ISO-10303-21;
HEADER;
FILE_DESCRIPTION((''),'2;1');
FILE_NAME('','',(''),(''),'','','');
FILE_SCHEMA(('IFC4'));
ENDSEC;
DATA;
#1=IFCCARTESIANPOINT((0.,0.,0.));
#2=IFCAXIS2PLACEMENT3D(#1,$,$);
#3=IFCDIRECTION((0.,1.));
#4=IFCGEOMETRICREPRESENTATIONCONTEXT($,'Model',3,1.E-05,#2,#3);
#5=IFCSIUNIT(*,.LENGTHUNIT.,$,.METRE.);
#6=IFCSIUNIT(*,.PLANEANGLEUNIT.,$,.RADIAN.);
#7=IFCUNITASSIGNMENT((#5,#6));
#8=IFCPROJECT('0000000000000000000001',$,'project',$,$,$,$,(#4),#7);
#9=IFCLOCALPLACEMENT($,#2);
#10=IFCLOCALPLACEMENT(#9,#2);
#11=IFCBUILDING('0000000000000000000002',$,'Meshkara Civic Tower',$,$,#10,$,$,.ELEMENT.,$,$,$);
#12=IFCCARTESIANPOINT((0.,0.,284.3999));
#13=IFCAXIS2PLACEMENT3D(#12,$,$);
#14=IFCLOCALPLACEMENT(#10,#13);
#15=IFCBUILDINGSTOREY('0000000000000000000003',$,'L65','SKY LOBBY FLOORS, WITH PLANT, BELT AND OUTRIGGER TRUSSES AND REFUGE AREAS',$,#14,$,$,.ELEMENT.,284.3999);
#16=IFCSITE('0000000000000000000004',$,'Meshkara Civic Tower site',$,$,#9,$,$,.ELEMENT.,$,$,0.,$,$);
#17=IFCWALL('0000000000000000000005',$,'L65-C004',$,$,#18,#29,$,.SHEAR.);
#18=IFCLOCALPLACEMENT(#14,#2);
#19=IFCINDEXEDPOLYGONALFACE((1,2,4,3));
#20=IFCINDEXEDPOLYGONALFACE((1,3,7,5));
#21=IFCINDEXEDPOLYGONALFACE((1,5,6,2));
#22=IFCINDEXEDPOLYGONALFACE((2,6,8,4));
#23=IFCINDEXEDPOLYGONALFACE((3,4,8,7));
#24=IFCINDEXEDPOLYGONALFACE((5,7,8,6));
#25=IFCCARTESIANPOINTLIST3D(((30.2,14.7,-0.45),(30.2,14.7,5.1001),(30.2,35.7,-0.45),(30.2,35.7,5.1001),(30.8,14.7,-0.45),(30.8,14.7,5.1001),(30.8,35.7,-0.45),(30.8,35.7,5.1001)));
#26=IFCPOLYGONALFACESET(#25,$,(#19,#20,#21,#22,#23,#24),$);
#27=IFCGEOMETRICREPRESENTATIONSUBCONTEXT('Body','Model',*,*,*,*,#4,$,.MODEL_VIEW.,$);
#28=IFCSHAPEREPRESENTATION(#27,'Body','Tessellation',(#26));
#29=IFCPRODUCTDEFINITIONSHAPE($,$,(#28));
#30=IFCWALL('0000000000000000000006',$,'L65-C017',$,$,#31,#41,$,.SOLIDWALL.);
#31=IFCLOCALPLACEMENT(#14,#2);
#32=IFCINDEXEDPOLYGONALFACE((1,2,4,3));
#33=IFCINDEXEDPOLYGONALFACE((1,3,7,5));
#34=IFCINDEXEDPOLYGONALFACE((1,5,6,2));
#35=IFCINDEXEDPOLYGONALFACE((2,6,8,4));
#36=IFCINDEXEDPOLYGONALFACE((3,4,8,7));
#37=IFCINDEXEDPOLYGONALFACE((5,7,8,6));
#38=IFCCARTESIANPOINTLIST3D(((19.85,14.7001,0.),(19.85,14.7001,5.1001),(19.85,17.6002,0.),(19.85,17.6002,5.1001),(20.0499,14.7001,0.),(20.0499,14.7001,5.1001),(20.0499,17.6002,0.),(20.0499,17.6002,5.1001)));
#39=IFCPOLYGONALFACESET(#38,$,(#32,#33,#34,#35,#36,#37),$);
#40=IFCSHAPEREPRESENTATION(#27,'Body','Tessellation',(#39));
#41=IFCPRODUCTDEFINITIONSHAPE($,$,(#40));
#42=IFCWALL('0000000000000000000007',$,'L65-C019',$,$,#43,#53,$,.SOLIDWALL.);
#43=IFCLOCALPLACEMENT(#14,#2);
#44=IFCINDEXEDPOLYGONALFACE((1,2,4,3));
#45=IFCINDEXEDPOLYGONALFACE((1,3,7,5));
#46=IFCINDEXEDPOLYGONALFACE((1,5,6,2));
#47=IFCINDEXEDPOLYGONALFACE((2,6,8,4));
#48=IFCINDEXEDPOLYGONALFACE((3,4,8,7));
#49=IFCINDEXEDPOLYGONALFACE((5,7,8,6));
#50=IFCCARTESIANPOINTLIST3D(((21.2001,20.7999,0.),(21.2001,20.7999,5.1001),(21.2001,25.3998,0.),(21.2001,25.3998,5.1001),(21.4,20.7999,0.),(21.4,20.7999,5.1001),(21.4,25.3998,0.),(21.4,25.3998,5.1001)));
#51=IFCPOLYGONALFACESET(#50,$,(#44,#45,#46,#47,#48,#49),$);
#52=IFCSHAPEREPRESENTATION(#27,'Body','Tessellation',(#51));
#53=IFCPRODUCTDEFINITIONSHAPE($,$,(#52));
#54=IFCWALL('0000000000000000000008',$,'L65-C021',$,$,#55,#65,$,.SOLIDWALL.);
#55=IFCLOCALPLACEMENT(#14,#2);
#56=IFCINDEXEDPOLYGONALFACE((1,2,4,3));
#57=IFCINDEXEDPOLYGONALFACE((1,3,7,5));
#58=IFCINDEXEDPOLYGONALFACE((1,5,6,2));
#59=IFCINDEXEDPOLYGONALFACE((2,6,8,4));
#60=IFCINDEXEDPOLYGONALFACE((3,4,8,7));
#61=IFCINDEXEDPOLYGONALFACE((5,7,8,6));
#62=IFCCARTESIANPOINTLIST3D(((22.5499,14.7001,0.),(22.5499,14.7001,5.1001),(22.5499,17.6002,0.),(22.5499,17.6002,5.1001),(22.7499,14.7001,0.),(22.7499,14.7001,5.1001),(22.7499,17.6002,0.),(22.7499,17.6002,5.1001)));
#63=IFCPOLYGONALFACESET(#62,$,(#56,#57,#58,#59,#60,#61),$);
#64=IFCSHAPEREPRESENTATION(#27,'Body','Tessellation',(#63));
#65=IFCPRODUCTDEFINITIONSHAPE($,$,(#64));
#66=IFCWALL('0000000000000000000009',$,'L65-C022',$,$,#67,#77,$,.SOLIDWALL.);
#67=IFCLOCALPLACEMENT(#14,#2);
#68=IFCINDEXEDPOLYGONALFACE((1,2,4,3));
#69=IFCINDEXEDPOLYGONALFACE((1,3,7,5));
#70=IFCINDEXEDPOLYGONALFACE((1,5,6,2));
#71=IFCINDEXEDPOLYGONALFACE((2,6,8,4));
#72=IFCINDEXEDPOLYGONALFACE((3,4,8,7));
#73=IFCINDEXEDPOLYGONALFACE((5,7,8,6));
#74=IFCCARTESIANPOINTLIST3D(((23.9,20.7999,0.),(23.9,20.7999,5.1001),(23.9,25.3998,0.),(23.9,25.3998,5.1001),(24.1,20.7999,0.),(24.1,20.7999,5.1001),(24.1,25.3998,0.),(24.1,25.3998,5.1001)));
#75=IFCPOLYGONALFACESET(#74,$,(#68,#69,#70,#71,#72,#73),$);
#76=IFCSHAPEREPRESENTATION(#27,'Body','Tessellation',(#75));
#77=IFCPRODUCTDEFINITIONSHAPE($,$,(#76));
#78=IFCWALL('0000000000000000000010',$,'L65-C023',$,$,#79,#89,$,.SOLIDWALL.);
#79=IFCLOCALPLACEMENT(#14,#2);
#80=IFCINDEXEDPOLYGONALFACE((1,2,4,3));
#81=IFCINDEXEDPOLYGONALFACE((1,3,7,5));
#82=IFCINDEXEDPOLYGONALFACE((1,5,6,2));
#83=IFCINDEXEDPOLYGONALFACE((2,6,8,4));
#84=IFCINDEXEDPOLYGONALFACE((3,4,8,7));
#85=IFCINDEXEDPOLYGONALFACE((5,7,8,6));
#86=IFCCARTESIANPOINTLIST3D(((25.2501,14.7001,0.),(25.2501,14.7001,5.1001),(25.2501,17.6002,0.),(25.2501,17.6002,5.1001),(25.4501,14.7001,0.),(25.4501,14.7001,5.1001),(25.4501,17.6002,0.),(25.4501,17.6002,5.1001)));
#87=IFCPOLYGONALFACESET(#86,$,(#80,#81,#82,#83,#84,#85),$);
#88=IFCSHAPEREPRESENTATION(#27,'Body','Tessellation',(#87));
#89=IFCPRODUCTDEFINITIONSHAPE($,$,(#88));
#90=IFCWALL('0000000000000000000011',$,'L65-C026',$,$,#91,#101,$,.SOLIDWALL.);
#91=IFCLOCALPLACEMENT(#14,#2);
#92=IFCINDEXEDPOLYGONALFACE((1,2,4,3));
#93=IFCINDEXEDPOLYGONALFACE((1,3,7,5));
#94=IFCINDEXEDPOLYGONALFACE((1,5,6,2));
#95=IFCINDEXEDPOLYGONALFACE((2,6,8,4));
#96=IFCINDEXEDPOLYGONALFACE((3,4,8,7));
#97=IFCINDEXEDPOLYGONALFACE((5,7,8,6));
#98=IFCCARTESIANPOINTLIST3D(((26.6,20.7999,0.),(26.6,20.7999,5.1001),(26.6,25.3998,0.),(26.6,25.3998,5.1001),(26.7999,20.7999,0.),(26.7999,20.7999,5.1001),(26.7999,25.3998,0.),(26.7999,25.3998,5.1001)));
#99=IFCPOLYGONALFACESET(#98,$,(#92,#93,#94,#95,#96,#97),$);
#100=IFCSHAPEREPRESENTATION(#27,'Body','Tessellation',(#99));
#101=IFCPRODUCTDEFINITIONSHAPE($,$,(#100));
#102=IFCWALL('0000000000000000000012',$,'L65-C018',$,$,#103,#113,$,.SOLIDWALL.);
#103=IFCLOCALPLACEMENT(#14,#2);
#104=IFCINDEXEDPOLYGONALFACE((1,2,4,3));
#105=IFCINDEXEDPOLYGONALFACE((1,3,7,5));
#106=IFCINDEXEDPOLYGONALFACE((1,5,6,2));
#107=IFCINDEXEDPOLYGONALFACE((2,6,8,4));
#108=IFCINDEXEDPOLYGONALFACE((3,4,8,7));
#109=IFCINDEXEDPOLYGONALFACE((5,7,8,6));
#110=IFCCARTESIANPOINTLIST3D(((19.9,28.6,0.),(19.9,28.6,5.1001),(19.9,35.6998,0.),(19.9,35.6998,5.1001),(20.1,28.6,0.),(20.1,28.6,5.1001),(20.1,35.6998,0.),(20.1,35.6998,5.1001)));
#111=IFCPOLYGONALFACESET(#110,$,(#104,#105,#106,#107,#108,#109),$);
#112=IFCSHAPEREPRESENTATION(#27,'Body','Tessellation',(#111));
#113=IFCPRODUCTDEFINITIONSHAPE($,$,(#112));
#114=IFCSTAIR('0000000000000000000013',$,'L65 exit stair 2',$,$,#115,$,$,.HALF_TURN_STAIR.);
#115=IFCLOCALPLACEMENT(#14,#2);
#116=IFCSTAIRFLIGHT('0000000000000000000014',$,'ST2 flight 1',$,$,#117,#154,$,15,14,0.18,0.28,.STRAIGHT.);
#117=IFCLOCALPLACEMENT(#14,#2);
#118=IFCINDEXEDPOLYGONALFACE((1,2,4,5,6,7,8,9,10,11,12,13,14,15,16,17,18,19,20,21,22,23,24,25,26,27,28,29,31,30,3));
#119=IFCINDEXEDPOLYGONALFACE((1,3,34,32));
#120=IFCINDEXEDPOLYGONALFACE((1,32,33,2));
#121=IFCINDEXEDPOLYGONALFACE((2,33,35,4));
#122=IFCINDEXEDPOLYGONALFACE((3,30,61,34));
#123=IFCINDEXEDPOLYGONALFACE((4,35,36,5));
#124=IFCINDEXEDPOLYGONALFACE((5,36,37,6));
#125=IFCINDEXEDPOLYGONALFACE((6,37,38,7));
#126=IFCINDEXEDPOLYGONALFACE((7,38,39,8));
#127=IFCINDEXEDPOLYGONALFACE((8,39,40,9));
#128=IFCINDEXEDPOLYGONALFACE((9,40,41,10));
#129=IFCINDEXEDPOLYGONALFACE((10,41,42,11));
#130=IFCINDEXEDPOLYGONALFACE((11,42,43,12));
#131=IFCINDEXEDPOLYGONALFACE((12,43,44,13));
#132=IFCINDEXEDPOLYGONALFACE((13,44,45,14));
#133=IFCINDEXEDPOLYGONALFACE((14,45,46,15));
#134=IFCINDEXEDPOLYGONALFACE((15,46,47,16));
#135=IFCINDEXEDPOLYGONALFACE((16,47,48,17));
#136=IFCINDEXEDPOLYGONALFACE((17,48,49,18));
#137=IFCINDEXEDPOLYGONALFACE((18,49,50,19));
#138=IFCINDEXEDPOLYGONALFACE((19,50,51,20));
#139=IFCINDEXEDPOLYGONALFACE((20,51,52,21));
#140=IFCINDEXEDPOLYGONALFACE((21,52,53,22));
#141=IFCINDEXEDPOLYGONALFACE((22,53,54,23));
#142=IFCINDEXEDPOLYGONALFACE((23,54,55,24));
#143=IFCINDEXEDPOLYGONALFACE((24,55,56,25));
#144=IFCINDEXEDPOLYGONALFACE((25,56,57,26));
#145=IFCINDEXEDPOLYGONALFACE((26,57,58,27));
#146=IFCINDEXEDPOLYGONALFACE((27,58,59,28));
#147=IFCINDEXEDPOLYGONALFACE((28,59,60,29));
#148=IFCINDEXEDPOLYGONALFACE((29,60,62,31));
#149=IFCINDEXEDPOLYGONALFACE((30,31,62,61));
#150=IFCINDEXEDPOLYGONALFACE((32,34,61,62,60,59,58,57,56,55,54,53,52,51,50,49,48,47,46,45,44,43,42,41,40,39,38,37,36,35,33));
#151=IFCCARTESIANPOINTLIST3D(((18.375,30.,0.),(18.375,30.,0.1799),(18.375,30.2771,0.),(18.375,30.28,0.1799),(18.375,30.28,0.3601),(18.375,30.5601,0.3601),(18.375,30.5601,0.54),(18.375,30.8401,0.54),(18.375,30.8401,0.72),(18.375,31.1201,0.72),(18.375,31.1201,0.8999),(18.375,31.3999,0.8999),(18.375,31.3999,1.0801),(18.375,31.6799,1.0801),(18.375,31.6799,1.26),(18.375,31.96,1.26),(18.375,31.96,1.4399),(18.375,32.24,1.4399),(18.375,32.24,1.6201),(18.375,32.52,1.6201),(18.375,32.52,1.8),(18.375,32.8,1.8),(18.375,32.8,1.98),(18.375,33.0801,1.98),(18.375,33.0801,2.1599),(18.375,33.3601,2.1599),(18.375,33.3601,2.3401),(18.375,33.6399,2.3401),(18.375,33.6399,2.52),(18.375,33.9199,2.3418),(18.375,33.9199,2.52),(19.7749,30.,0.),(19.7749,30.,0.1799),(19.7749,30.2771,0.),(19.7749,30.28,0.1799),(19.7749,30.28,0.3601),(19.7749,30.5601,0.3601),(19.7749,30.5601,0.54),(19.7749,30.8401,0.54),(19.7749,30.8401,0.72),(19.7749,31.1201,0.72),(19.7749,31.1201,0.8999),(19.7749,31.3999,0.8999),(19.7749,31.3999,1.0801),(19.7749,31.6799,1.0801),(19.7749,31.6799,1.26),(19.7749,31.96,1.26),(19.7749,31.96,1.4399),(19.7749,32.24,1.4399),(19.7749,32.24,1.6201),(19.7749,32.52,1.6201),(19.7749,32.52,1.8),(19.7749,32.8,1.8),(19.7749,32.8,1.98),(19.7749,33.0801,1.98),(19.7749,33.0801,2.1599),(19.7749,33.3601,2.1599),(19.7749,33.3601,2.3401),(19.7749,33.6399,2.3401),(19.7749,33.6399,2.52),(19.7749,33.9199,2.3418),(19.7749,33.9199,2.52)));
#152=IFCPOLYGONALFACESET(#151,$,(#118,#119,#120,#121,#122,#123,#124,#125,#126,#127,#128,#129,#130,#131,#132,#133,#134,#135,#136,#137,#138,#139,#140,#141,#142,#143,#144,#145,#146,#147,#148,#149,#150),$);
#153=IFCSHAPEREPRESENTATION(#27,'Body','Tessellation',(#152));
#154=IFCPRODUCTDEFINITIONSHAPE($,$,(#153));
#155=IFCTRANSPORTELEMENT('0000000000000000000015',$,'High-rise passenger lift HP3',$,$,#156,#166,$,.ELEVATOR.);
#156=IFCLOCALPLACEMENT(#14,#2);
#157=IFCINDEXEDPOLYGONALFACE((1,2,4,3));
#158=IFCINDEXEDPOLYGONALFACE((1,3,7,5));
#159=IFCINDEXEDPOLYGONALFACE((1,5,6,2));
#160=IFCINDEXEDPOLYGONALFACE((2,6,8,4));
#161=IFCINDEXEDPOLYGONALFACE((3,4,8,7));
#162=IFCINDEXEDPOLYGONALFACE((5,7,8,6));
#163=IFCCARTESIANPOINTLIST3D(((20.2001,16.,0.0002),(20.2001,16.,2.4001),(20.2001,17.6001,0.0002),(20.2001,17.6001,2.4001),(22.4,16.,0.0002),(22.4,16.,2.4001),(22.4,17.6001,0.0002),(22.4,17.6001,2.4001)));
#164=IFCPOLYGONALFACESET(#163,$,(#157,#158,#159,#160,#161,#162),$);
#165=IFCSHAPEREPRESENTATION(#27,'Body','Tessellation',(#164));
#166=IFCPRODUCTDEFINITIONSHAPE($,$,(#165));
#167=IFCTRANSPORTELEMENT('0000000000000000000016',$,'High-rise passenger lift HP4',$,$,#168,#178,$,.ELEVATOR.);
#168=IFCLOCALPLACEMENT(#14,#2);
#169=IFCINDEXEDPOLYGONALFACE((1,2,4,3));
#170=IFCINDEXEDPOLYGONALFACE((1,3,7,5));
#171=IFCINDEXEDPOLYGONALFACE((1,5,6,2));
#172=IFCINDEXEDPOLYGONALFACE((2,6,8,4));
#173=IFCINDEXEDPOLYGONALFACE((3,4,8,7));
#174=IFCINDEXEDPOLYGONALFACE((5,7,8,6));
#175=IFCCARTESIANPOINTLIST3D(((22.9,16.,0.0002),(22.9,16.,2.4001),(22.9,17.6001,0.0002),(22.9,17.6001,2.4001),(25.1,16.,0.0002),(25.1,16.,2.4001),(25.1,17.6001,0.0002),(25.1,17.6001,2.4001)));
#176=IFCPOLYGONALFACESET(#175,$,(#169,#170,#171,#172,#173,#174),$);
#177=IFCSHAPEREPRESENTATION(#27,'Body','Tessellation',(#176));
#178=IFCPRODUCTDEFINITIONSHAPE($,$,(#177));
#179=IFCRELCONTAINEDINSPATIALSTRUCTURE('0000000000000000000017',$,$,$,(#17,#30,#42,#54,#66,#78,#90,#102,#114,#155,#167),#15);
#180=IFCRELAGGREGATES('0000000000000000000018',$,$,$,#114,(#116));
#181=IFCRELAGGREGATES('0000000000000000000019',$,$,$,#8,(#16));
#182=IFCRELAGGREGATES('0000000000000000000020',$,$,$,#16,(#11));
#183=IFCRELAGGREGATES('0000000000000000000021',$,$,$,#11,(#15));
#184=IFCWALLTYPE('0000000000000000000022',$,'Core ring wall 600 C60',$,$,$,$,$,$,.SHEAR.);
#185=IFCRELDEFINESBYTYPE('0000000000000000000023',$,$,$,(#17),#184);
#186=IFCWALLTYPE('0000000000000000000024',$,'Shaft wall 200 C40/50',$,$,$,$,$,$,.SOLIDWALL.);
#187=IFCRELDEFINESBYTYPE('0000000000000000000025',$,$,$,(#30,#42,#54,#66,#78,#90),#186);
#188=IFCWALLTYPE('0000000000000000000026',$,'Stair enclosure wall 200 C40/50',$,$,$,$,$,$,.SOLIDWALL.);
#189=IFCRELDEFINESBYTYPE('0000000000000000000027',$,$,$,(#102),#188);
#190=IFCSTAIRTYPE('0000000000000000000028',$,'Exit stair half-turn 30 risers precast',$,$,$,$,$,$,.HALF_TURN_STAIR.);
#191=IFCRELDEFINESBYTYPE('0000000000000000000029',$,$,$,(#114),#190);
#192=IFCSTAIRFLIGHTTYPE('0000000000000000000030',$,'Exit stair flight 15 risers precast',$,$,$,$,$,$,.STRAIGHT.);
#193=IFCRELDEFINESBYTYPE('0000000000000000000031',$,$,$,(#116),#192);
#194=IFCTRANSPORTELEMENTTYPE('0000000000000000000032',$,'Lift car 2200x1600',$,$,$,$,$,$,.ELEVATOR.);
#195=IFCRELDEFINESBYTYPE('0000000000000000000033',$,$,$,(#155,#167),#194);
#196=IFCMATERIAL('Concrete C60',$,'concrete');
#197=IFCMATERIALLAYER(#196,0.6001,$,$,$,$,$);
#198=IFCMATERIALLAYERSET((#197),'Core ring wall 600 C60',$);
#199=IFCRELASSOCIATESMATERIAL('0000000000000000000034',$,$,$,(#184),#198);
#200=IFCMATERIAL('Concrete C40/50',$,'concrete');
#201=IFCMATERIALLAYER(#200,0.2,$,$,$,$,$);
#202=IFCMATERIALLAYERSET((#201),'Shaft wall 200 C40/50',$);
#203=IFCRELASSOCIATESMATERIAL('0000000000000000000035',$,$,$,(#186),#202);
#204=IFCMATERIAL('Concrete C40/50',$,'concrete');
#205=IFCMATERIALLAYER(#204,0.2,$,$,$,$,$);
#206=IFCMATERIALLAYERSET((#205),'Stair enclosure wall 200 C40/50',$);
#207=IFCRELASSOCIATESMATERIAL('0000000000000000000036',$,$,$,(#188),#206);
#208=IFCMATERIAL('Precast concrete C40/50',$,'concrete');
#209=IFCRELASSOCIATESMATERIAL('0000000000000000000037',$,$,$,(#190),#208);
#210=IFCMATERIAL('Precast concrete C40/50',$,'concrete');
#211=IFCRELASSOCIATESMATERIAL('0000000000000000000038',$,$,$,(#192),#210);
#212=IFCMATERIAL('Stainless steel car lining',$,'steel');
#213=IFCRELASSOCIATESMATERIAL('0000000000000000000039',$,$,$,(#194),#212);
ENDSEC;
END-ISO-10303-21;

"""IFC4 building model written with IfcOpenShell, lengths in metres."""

from ifc_helpers import new_model, si_unit, direction, frame, frame_2d, origin, origin_2d, place, context, subcontext, project, spatial, polyline, rectangle, outline, extrude, material, layer, layer_set, type_object, element, aggregate, save


model = new_model("IFC4")

# Units and contexts
model_context = context("Model", 3, precision=1e-05, world=origin(), true_north=direction((0.0, 1.0)))
body_context = subcontext(model_context, "Body", "Model", "MODEL_VIEW")
ifc_project = project(units=[si_unit("LENGTHUNIT", "METRE"), si_unit("PLANEANGLEUNIT", "RADIAN")], contexts=[model_context])

# Site, building, storey
site_placement = place(None, origin())
site = spatial("IfcSite", under=ifc_project, at=site_placement, Name="Meshkara Civic Tower site", CompositionType="ELEMENT", RefElevation=0.0)
building_placement = place(site_placement, origin())
building = spatial("IfcBuilding", under=site, at=building_placement, Name="Meshkara Civic Tower", CompositionType="ELEMENT")
storey_placement = place(building_placement, frame((0.0, 0.0, 284.3999)))
storey = spatial("IfcBuildingStorey", under=building, at=storey_placement, Name="L65", Description="SKY LOBBY FLOORS, WITH PLANT, BELT AND OUTRIGGER TRUSSES AND REFUGE AREAS", CompositionType="ELEMENT", Elevation=284.3999)

# Walls
ifc_material_1 = material(Name="Concrete C60", Category="concrete")
ifc_layer_1 = layer(ifc_material_1, 0.6001)
ifc_layer_set_1 = layer_set([ifc_layer_1], Name="Core ring wall 600 C60")
wall_type_1 = type_object("IfcWallType", Name="Core ring wall 600 C60", PredefinedType="SHEAR", material=ifc_layer_set_1)
wall_1_placement = place(storey_placement, frame((30.5, 14.7, -0.45), z_axis=(0.0, 0.0, 1.0), x_axis=(0.0, 1.0, 0.0)))
element("IfcWall", 1, at=wall_1_placement, inside=storey, type_object=wall_type_1, Name="L65-C004", PredefinedType="SHEAR", context=body_context, shape_type="SweptSolid", body=[
    extrude(rectangle(XDim=21.0, YDim=0.6001, at=frame_2d((10.5, 0.0))), origin(), (0.0, 0.0, 1.0), 5.55),
])
ifc_material_2 = material(Name="Concrete C40/50", Category="concrete")
ifc_layer_2 = layer(ifc_material_2, 0.2)
ifc_layer_set_2 = layer_set([ifc_layer_2], Name="Shaft wall 200 C40/50")
wall_type_2 = type_object("IfcWallType", Name="Shaft wall 200 C40/50", PredefinedType="SOLIDWALL", material=ifc_layer_set_2)
wall_2_placement = place(storey_placement, frame((19.95, 14.7, 0.0), z_axis=(0.0, 0.0, 1.0), x_axis=(0.0, 1.0, 0.0)))
element("IfcWall", 2, at=wall_2_placement, inside=storey, type_object=wall_type_2, Name="L65-C017", PredefinedType="SOLIDWALL", context=body_context, shape_type="SweptSolid", body=[
    extrude(rectangle(XDim=2.9001, YDim=0.2, at=frame_2d((1.4502, 0.0))), origin(), (0.0, 0.0, 1.0), 5.1001),
])
wall_3_placement = place(storey_placement, frame((21.3, 20.8, 0.0), z_axis=(0.0, 0.0, 1.0), x_axis=(0.0, 1.0, 0.0)))
element("IfcWall", 3, at=wall_3_placement, inside=storey, type_object=wall_type_2, Name="L65-C019", PredefinedType="SOLIDWALL", context=body_context, shape_type="SweptSolid", body=[
    extrude(rectangle(XDim=4.5999, YDim=0.2, at=frame_2d((2.2998, 0.0))), origin(), (0.0, 0.0, 1.0), 5.1001),
])
wall_4_placement = place(storey_placement, frame((22.6499, 14.7, 0.0), z_axis=(0.0, 0.0, 1.0), x_axis=(0.0, 1.0, 0.0)))
element("IfcWall", 4, at=wall_4_placement, inside=storey, type_object=wall_type_2, Name="L65-C021", PredefinedType="SOLIDWALL", context=body_context, shape_type="SweptSolid", body=[
    extrude(rectangle(XDim=2.9001, YDim=0.2, at=frame_2d((1.4502, 0.0))), origin(), (0.0, 0.0, 1.0), 5.1001),
])
wall_5_placement = place(storey_placement, frame((24.0, 20.8, 0.0), z_axis=(0.0, 0.0, 1.0), x_axis=(0.0, 1.0, 0.0)))
element("IfcWall", 5, at=wall_5_placement, inside=storey, type_object=wall_type_2, Name="L65-C022", PredefinedType="SOLIDWALL", context=body_context, shape_type="SweptSolid", body=[
    extrude(rectangle(XDim=4.5999, YDim=0.2, at=frame_2d((2.2998, 0.0))), origin(), (0.0, 0.0, 1.0), 5.1001),
])
wall_6_placement = place(storey_placement, frame((25.3501, 14.7, 0.0), z_axis=(0.0, 0.0, 1.0), x_axis=(0.0, 1.0, 0.0)))
element("IfcWall", 6, at=wall_6_placement, inside=storey, type_object=wall_type_2, Name="L65-C023", PredefinedType="SOLIDWALL", context=body_context, shape_type="SweptSolid", body=[
    extrude(rectangle(XDim=2.9001, YDim=0.2, at=frame_2d((1.4502, 0.0))), origin(), (0.0, 0.0, 1.0), 5.1001),
])
wall_7_placement = place(storey_placement, frame((26.7, 20.8, 0.0), z_axis=(0.0, 0.0, 1.0), x_axis=(0.0, 1.0, 0.0)))
element("IfcWall", 7, at=wall_7_placement, inside=storey, type_object=wall_type_2, Name="L65-C026", PredefinedType="SOLIDWALL", context=body_context, shape_type="SweptSolid", body=[
    extrude(rectangle(XDim=4.5999, YDim=0.2, at=frame_2d((2.2998, 0.0))), origin(), (0.0, 0.0, 1.0), 5.1001),
])
ifc_material_3 = material(Name="Concrete C40/50", Category="concrete")
ifc_layer_3 = layer(ifc_material_3, 0.2)
ifc_layer_set_3 = layer_set([ifc_layer_3], Name="Stair enclosure wall 200 C40/50")
wall_type_3 = type_object("IfcWallType", Name="Stair enclosure wall 200 C40/50", PredefinedType="SOLIDWALL", material=ifc_layer_set_3)
wall_8_placement = place(storey_placement, frame((20.0, 28.6001, 0.0), z_axis=(0.0, 0.0, 1.0), x_axis=(0.0, 1.0, 0.0)))
element("IfcWall", 8, at=wall_8_placement, inside=storey, type_object=wall_type_3, Name="L65-C018", PredefinedType="SOLIDWALL", context=body_context, shape_type="SweptSolid", body=[
    extrude(rectangle(XDim=7.0999, YDim=0.2, at=frame_2d((3.5498, 0.0))), origin(), (0.0, 0.0, 1.0), 5.1001),
])

# Stair, stair flight
ifc_material_4 = material(Name="Precast concrete C40/50", Category="concrete")
stair_type = type_object("IfcStairType", Name="Exit stair half-turn 30 risers precast", PredefinedType="HALF_TURN_STAIR", material=ifc_material_4)
stair_placement = place(storey_placement, origin())
stair = element("IfcStair", 9, at=stair_placement, inside=storey, type_object=stair_type, Name="L65 exit stair 2", PredefinedType="HALF_TURN_STAIR")
ifc_material_5 = material(Name="Precast concrete C40/50", Category="concrete")
stair_flight_type = type_object("IfcStairFlightType", Name="Exit stair flight 15 risers precast", PredefinedType="STRAIGHT", material=ifc_material_5)
stair_flight_placement = place(storey_placement, frame((19.075, 30.0, 0.0), z_axis=(0.0, 0.0, 1.0), x_axis=(0.0, 1.0, 0.0)))
stair_flight = element("IfcStairFlight", 10, at=stair_flight_placement, type_object=stair_flight_type, Name="ST2 flight 1", NumberOfRisers=15, NumberOfTreads=14, PredefinedType="STRAIGHT", RiserHeight=0.18, TreadLength=0.28, context=body_context, shape_type="SweptSolid", body=[
    extrude(outline(polyline([(0.0, 0.0), (0.0, 0.1799), (0.28, 0.1799), (0.28, 0.3601), (0.5601, 0.3601), (0.5601, 0.54), (0.8401, 0.54), (0.8401, 0.72), (1.1201, 0.72), (1.1201, 0.8999), (1.3999, 0.8999), (1.3999, 1.0801), (1.6799, 1.0801), (1.6799, 1.26), (1.96, 1.26), (1.96, 1.4399), (2.24, 1.4399), (2.24, 1.6201), (2.52, 1.6201), (2.52, 1.8), (2.8, 1.8), (2.8, 1.98), (3.0801, 1.98), (3.0801, 2.1599), (3.3601, 2.1599), (3.3601, 2.3401), (3.6399, 2.3401), (3.6399, 2.52), (3.9199, 2.52), (3.9199, 2.7), (3.9199, 2.3418), (0.2771, 0.0), (0.0, 0.0)])), frame((0.0, 0.7, 0.0), z_axis=(0.0, -1.0, 0.0), x_axis=(1.0, 0.0, 0.0)), (0.0, 0.0, 1.0), 1.3999),
])
aggregate(stair, [stair_flight])

# Transport elements
ifc_material_6 = material(Name="Stainless steel car lining", Category="steel")
transport_element_type = type_object("IfcTransportElementType", Name="Lift car 2200x1600", PredefinedType="ELEVATOR", material=ifc_material_6)
for number, where, z_axis, x_axis, name in (
    (11, (21.3, 16.8, 0.0002), (0.0, 0.0, 1.0), (1.0, 0.0, 0.0), "High-rise passenger lift HP3"),
    (12, (24.0, 16.8, 0.0002), (0.0, 0.0, 1.0), (1.0, 0.0, 0.0), "High-rise passenger lift HP4"),
):
    element("IfcTransportElement", number, at=place(storey_placement, frame(where, z_axis=z_axis, x_axis=x_axis)), inside=storey, type_object=transport_element_type, Name=name, PredefinedType="ELEVATOR", context=body_context, shape_type="SweptSolid", body=[
        extrude(rectangle(XDim=2.2, YDim=1.6001, at=origin_2d()), origin(), (0.0, 0.0, 1.0), 2.3999),
    ])

save(model, "model.ifc")
